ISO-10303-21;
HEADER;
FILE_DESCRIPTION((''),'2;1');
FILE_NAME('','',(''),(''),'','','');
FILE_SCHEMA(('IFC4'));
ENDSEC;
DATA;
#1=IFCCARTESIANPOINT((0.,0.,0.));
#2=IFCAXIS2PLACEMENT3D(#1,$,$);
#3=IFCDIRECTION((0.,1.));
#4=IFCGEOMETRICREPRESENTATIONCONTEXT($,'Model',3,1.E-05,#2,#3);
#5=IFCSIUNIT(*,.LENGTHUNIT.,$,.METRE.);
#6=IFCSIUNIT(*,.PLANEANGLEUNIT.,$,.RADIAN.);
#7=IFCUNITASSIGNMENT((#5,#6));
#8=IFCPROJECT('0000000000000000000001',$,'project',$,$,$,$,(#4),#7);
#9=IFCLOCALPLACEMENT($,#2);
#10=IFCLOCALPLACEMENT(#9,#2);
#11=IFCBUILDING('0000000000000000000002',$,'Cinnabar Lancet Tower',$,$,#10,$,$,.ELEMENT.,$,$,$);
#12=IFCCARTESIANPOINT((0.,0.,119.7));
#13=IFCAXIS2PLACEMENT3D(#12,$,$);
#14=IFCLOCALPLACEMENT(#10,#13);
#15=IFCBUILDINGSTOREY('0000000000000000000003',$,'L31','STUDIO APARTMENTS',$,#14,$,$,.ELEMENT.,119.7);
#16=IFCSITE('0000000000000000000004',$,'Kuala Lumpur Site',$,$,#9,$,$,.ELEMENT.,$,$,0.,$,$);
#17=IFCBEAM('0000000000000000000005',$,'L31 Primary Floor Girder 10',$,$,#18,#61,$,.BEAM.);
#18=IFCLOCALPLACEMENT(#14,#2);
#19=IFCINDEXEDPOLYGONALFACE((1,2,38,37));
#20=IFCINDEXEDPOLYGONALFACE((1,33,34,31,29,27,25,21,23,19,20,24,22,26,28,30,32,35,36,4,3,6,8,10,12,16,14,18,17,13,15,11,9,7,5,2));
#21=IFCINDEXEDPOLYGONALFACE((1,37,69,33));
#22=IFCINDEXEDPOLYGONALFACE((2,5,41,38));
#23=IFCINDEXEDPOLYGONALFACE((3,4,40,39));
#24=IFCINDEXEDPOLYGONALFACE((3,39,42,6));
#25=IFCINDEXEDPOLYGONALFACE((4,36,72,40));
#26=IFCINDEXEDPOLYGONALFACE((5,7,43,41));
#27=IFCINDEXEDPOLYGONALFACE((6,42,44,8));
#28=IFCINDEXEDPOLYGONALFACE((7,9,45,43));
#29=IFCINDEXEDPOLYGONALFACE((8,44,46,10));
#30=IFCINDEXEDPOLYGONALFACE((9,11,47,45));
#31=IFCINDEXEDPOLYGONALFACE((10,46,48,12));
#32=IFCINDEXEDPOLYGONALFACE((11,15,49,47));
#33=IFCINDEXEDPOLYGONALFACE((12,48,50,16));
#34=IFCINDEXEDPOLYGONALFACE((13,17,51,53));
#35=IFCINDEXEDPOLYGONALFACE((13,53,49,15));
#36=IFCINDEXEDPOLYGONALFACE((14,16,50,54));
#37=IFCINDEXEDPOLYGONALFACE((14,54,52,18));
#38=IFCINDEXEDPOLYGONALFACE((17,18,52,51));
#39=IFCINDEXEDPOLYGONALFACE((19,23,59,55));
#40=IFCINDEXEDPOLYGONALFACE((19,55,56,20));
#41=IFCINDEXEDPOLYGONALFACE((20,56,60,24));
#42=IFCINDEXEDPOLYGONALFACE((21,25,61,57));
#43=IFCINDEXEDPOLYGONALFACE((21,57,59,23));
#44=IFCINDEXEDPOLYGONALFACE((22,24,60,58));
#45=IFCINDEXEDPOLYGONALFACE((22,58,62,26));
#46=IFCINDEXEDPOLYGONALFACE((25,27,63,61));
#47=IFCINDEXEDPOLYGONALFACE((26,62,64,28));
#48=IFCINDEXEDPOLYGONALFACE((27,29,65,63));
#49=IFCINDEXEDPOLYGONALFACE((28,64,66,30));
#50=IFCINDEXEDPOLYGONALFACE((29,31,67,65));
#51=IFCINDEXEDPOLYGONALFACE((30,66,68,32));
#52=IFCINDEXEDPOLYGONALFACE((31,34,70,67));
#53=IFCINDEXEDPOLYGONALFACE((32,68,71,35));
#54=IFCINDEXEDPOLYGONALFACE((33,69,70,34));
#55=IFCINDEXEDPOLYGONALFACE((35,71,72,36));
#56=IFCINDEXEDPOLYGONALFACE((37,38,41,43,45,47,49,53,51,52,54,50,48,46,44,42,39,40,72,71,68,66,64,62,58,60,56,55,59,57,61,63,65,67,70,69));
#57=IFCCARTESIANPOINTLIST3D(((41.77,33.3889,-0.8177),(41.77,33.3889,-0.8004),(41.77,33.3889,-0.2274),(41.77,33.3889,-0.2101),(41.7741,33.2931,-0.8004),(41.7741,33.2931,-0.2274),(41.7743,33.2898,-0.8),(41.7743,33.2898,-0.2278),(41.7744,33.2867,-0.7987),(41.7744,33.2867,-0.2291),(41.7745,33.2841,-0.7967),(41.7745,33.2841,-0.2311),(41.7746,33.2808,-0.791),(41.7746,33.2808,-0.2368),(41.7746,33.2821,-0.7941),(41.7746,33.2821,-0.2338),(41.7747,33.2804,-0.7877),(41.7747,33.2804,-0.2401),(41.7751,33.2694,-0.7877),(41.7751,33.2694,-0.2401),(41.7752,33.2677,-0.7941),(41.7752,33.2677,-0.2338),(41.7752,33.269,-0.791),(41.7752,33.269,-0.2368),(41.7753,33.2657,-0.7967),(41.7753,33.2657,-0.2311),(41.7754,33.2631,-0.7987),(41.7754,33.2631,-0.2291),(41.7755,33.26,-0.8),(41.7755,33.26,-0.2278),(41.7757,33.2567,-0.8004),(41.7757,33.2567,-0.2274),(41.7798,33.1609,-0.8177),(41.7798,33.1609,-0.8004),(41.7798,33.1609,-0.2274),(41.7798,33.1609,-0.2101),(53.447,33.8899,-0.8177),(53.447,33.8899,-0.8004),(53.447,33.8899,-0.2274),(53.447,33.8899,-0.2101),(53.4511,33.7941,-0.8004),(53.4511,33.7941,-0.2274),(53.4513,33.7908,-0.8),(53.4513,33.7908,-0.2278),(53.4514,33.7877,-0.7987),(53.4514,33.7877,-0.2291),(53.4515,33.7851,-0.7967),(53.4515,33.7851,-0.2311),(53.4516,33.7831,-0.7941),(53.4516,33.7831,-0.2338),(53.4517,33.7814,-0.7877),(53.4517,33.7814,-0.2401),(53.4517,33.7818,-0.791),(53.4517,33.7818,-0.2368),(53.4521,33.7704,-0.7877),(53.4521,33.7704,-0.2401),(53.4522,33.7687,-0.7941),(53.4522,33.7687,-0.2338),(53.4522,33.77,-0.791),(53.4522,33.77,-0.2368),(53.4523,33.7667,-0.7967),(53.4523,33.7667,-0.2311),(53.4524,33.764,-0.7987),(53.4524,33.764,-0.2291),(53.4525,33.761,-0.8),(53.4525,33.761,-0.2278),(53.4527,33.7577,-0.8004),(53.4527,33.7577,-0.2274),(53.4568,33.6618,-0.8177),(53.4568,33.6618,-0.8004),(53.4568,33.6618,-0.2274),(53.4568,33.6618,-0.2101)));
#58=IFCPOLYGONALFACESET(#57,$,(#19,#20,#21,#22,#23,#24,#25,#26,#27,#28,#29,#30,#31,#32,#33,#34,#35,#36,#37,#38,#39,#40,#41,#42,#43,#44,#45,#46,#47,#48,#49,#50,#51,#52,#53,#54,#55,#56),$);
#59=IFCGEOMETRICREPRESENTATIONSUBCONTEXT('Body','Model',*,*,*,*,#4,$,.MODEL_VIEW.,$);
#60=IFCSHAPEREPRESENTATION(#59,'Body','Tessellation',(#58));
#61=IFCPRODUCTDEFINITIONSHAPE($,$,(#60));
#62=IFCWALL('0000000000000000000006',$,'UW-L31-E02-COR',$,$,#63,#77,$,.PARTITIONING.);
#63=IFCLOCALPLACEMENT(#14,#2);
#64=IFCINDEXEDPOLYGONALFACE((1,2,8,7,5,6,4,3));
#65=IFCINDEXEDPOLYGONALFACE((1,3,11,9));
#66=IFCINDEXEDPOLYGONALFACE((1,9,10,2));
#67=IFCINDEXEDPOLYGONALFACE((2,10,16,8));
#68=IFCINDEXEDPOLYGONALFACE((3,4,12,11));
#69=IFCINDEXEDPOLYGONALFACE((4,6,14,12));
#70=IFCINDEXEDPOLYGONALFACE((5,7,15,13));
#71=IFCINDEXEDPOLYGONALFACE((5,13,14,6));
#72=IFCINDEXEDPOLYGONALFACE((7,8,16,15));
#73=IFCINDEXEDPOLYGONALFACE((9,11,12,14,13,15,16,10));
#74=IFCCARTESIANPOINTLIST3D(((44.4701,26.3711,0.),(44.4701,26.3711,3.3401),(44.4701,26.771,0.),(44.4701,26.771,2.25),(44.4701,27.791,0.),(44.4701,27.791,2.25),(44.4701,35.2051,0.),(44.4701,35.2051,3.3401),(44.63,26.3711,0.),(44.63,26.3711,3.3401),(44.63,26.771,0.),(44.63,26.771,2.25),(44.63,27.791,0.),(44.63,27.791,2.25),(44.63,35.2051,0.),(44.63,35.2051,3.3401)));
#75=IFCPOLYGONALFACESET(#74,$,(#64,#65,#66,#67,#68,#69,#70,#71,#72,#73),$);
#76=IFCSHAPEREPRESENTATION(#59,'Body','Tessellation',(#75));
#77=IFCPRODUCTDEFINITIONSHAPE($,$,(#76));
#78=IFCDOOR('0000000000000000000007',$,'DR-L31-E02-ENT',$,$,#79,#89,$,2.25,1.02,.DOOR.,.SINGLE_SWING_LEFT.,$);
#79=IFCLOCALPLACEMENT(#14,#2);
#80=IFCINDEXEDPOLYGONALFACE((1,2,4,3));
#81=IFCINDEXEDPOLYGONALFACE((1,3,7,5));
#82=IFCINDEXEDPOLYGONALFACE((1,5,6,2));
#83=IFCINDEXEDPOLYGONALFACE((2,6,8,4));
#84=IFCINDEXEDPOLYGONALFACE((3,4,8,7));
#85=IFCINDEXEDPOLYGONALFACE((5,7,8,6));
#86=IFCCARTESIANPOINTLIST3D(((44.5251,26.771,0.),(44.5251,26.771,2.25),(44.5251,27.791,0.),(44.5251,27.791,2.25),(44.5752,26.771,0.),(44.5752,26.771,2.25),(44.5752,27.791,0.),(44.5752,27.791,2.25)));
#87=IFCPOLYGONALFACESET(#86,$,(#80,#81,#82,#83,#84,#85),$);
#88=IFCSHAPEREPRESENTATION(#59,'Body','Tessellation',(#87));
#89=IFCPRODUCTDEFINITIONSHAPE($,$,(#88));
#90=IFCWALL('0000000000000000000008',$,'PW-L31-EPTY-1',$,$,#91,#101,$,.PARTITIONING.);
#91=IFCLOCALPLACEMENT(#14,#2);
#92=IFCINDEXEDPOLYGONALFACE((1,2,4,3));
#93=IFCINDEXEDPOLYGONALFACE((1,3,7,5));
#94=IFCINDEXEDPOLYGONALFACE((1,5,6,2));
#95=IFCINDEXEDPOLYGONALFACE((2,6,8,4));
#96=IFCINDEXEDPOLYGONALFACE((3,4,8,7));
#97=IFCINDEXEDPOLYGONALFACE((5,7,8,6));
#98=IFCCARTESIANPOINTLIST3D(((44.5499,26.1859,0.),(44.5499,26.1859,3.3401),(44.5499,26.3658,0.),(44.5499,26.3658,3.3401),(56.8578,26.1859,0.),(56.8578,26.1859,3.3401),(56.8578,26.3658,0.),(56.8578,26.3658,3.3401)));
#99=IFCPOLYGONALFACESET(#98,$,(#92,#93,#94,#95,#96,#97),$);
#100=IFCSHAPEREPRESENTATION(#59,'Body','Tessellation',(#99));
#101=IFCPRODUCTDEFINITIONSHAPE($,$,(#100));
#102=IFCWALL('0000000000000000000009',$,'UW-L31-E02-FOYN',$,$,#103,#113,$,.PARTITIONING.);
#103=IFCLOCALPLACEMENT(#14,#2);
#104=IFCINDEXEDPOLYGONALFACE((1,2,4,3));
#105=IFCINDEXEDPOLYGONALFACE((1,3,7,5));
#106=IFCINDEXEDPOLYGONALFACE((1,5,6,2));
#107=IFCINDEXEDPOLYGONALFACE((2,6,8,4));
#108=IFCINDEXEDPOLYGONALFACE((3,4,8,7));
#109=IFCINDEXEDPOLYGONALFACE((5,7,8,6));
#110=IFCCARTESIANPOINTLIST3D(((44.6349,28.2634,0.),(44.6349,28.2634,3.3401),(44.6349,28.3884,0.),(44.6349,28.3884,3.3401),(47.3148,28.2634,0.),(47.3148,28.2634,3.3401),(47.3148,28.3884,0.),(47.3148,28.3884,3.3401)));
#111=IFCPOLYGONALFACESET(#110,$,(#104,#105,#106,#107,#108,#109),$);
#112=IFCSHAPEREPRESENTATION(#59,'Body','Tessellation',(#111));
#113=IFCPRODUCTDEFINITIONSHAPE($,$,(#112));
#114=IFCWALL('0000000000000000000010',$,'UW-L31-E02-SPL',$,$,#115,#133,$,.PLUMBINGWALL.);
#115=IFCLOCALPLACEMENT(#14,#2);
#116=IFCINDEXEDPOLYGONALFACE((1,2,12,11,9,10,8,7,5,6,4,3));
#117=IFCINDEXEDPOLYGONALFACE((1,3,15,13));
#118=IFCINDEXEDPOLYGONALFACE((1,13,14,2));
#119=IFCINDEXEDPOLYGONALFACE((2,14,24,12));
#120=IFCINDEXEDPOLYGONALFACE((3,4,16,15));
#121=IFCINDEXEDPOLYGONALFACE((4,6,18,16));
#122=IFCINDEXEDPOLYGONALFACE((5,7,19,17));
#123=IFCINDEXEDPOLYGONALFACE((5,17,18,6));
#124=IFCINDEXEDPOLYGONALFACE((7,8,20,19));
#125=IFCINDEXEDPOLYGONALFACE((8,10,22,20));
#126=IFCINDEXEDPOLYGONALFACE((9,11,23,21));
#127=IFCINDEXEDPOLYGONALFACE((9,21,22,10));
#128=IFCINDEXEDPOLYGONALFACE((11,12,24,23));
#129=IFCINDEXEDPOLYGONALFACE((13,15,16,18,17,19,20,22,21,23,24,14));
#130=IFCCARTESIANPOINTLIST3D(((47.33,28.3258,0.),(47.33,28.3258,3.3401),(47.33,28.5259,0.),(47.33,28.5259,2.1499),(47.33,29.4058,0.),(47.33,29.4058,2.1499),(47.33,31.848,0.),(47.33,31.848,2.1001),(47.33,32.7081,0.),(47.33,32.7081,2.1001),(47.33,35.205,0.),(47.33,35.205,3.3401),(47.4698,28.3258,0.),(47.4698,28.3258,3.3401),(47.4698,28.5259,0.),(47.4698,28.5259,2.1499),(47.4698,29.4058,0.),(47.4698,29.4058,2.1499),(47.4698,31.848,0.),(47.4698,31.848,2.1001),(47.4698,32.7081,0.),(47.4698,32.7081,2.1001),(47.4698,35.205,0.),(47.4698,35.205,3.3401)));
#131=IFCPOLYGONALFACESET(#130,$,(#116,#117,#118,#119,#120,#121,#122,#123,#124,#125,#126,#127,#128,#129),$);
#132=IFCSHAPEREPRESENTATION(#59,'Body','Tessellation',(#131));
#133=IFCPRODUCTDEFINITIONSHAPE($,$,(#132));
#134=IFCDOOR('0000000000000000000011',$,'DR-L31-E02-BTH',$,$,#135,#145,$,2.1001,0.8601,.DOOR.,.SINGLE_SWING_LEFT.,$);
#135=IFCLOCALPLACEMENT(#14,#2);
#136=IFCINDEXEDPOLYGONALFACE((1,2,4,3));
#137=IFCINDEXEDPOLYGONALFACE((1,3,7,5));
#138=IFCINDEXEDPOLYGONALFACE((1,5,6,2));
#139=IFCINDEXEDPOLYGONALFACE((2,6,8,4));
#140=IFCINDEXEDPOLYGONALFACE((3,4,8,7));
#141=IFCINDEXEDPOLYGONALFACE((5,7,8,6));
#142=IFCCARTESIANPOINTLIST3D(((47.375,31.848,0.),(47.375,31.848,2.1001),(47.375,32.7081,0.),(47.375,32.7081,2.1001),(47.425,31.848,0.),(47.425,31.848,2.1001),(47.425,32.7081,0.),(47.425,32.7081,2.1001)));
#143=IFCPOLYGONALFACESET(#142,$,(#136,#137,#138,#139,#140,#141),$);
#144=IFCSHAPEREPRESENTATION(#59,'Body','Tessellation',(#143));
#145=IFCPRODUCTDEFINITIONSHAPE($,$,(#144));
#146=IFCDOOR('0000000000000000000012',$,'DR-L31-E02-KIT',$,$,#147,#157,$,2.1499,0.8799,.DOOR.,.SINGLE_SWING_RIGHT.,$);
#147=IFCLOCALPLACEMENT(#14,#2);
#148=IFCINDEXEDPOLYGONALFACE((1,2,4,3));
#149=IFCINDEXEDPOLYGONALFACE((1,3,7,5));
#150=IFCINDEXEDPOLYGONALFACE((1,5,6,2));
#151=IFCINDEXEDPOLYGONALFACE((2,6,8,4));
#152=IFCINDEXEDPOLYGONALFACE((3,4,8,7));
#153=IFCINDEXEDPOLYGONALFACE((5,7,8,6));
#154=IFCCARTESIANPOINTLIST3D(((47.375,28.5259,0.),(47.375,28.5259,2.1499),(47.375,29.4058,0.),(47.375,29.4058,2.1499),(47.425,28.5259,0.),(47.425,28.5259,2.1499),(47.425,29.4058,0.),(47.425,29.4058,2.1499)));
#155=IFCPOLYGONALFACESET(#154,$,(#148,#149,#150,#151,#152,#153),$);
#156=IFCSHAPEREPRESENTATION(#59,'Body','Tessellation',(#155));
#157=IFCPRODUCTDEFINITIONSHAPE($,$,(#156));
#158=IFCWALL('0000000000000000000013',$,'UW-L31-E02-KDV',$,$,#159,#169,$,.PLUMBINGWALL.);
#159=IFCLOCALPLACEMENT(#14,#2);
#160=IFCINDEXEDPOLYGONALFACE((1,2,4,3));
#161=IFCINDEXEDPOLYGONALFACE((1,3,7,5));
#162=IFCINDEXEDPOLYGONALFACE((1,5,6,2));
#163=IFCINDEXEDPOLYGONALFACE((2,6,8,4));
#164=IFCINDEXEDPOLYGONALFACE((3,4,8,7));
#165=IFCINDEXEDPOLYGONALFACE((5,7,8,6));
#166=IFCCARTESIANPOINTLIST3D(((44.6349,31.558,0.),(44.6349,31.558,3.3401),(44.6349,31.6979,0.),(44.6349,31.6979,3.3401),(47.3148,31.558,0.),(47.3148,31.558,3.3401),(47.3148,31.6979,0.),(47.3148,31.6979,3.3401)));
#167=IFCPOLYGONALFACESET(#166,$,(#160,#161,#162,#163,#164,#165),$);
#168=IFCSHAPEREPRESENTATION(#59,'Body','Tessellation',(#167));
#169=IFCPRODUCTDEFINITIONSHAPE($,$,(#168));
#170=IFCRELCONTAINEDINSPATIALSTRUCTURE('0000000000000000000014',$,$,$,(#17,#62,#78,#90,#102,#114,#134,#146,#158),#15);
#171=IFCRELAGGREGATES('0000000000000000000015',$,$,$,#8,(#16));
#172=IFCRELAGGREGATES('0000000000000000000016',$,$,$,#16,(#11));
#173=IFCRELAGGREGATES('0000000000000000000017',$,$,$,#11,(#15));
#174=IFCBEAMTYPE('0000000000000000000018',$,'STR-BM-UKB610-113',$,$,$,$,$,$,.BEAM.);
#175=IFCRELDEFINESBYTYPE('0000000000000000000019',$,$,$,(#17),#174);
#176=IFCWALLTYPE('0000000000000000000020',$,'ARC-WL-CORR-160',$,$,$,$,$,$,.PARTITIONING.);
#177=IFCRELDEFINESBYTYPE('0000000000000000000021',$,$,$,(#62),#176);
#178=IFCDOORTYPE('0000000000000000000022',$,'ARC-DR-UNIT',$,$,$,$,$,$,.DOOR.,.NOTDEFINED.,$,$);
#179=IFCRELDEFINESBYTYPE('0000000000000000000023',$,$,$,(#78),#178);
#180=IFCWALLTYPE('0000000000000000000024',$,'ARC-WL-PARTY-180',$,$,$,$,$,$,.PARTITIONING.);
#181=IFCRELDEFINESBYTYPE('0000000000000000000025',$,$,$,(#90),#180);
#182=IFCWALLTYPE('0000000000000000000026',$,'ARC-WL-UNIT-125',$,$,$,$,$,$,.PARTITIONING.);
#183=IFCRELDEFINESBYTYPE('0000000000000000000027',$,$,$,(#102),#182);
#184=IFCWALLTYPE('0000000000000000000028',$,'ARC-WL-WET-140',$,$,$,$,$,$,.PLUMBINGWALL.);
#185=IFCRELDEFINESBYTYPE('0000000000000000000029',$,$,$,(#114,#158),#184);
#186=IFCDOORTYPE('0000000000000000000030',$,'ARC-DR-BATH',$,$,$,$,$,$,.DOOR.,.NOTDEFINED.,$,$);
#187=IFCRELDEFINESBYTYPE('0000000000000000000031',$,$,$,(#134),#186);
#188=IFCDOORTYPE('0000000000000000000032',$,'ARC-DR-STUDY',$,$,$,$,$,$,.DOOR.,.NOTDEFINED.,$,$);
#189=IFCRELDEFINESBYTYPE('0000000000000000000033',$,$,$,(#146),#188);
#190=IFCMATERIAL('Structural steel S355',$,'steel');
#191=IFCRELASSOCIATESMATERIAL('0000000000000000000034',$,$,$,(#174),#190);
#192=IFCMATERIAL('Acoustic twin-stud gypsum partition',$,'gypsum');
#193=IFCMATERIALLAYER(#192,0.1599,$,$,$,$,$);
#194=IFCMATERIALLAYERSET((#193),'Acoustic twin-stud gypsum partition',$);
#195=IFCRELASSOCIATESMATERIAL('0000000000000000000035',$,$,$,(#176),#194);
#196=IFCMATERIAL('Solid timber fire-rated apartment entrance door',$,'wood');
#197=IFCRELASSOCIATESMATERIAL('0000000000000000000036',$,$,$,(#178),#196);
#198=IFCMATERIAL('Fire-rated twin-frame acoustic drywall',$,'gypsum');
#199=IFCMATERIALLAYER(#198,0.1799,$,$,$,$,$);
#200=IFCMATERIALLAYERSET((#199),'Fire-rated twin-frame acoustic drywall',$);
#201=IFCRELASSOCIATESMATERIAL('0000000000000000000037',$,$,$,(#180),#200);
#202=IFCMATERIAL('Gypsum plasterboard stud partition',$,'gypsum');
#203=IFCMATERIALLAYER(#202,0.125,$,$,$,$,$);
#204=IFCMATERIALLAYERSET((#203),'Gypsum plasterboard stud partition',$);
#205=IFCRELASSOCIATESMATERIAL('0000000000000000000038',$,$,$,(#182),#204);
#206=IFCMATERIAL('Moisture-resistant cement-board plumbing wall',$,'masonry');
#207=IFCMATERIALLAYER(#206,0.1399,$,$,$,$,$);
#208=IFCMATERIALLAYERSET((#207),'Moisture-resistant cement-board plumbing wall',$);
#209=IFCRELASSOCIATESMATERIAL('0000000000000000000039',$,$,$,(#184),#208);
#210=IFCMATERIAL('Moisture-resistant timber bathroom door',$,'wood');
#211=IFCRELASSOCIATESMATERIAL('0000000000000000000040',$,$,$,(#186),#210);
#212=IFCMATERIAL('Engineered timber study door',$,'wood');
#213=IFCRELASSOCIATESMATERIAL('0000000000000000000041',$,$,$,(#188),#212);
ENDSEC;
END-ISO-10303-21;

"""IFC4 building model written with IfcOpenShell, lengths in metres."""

from ifc_helpers import new_model, si_unit, direction, frame, frame_2d, origin, origin_2d, place, context, subcontext, project, spatial, rectangle, i_section, extrude, material, layer, layer_set, material_profile, profile_set, type_object, element, fill, save


model = new_model("IFC4")

# Units and contexts
model_context = context("Model", 3, precision=1e-05, world=origin(), true_north=direction((0.0, 1.0)))
body_context = subcontext(model_context, "Body", "Model", "MODEL_VIEW")
ifc_project = project(units=[si_unit("LENGTHUNIT", "METRE"), si_unit("PLANEANGLEUNIT", "RADIAN")], contexts=[model_context])

# Site, building, storey
site_placement = place(None, origin())
site = spatial("IfcSite", under=ifc_project, at=site_placement, Name="Kuala Lumpur Site", CompositionType="ELEMENT", RefElevation=0.0)
building_placement = place(site_placement, origin())
building = spatial("IfcBuilding", under=site, at=building_placement, Name="Cinnabar Lancet Tower", CompositionType="ELEMENT")
storey_placement = place(building_placement, frame((0.0, 0.0, 119.7)))
storey = spatial("IfcBuildingStorey", under=building, at=storey_placement, Name="L31", Description="STUDIO APARTMENTS", CompositionType="ELEMENT", Elevation=119.7)

# Beam
ifc_material_1 = material(Name="Structural steel S355", Category="steel")
ifc_material_profile_1 = material_profile(ifc_material_1, i_section(OverallWidth=0.2283, OverallDepth=0.6077, WebThickness=0.011, FlangeThickness=0.0173, FilletRadius=0.0127, at=origin_2d()), Name="UKB 610x229x113")
ifc_profile_set_1 = profile_set([ifc_material_profile_1], Name="Structural steel S355")
beam_type_1 = type_object("IfcBeamType", Name="STR-BM-UKB610-113", PredefinedType="BEAM", material=ifc_profile_set_1)
beam_1_placement = place(storey_placement, frame((53.4519, 33.7759, -0.5139), z_axis=(-0.999081, -0.042863, 0.0), x_axis=(0.042863, -0.999081, 0.0)))
element("IfcBeam", 1, at=beam_1_placement, inside=storey, type_object=beam_type_1, Name="L31 Primary Floor Girder 10", PredefinedType="BEAM", context=body_context, shape_type="SweptSolid", body=[
    extrude(i_section(OverallWidth=0.2283, OverallDepth=0.6077, WebThickness=0.011, FlangeThickness=0.0173, FilletRadius=0.0127, at=origin_2d()), origin(), (0.0, 0.0, 1.0), 11.6877),
])

# Wall, opening, door
ifc_material_2 = material(Name="Acoustic twin-stud gypsum partition", Category="gypsum")
ifc_layer_1 = layer(ifc_material_2, 0.1599)
ifc_layer_set_1 = layer_set([ifc_layer_1], Name="Acoustic twin-stud gypsum partition")
wall_type_1 = type_object("IfcWallType", Name="ARC-WL-CORR-160", PredefinedType="PARTITIONING", material=ifc_layer_set_1)
wall_1_placement = place(storey_placement, frame((44.55, 26.3711, 0.0), z_axis=(0.0, 0.0, 1.0), x_axis=(0.0, 1.0, 0.0)))
wall_1 = element("IfcWall", 2, at=wall_1_placement, inside=storey, type_object=wall_type_1, Name="UW-L31-E02-COR", PredefinedType="PARTITIONING", context=body_context, shape_type="SweptSolid", body=[
    extrude(rectangle(XDim=8.834, YDim=0.1599, at=frame_2d((4.417, 0.0))), origin(), (0.0, 0.0, 1.0), 3.3401),
])
opening_1_placement = place(wall_1_placement, frame((0.3999, 0.0, 0.0)))
opening_1 = element("IfcOpeningElement", 3, at=opening_1_placement, cuts=wall_1, PredefinedType="OPENING", context=body_context, shape_type="SweptSolid", body=[
    extrude(rectangle(XDim=1.02, YDim=2.25, at=frame_2d((0.51, 1.125))), frame((0.0, 0.0898, 0.0), z_axis=(0.0, -1.0, 0.0), x_axis=(1.0, 0.0, 0.0)), (0.0, 0.0, 1.0), 0.1799),
])
ifc_material_3 = material(Name="Solid timber fire-rated apartment entrance door", Category="wood")
door_type_1 = type_object("IfcDoorType", Name="ARC-DR-UNIT", OperationType="NOTDEFINED", PredefinedType="DOOR", material=ifc_material_3)
door_1_placement = place(opening_1_placement, origin())
door_1 = element("IfcDoor", 4, at=door_1_placement, inside=storey, type_object=door_type_1, Name="DR-L31-E02-ENT", OperationType="SINGLE_SWING_LEFT", OverallHeight=2.25, OverallWidth=1.02, PredefinedType="DOOR", context=body_context, shape_type="SweptSolid", body=[
    extrude(rectangle(XDim=1.02, YDim=2.25, at=frame_2d((0.51, 1.125))), frame((0.0, 0.0249, 0.0), z_axis=(0.0, -1.0, 0.0), x_axis=(1.0, 0.0, 0.0)), (0.0, 0.0, 1.0), 0.05),
])
fill(opening_1, door_1)

# Walls
ifc_material_4 = material(Name="Fire-rated twin-frame acoustic drywall", Category="gypsum")
ifc_layer_2 = layer(ifc_material_4, 0.1799)
ifc_layer_set_2 = layer_set([ifc_layer_2], Name="Fire-rated twin-frame acoustic drywall")
wall_type_2 = type_object("IfcWallType", Name="ARC-WL-PARTY-180", PredefinedType="PARTITIONING", material=ifc_layer_set_2)
wall_2_placement = place(storey_placement, frame((44.55, 26.2759, 0.0), z_axis=(0.0, 0.0, 1.0), x_axis=(1.0, 0.0, 0.0)))
element("IfcWall", 5, at=wall_2_placement, inside=storey, type_object=wall_type_2, Name="PW-L31-EPTY-1", PredefinedType="PARTITIONING", context=body_context, shape_type="SweptSolid", body=[
    extrude(rectangle(XDim=12.3079, YDim=0.1799, at=frame_2d((6.1538, 0.0))), origin(), (0.0, 0.0, 1.0), 3.3401),
])
ifc_material_5 = material(Name="Gypsum plasterboard stud partition", Category="gypsum")
ifc_layer_3 = layer(ifc_material_5, 0.125)
ifc_layer_set_3 = layer_set([ifc_layer_3], Name="Gypsum plasterboard stud partition")
wall_type_3 = type_object("IfcWallType", Name="ARC-WL-UNIT-125", PredefinedType="PARTITIONING", material=ifc_layer_set_3)
wall_3_placement = place(storey_placement, frame((44.635, 28.3259, 0.0), z_axis=(0.0, 0.0, 1.0), x_axis=(1.0, 0.0, 0.0)))
element("IfcWall", 6, at=wall_3_placement, inside=storey, type_object=wall_type_3, Name="UW-L31-E02-FOYN", PredefinedType="PARTITIONING", context=body_context, shape_type="SweptSolid", body=[
    extrude(rectangle(XDim=2.6799, YDim=0.125, at=frame_2d((1.3398, 0.0))), origin(), (0.0, 0.0, 1.0), 3.3401),
])

# Wall, openings, doors
ifc_material_6 = material(Name="Moisture-resistant cement-board plumbing wall", Category="masonry")
ifc_layer_4 = layer(ifc_material_6, 0.1399)
ifc_layer_set_4 = layer_set([ifc_layer_4], Name="Moisture-resistant cement-board plumbing wall")
wall_type_4 = type_object("IfcWallType", Name="ARC-WL-WET-140", PredefinedType="PLUMBINGWALL", material=ifc_layer_set_4)
wall_4_placement = place(storey_placement, frame((47.3999, 28.3259, 0.0), z_axis=(0.0, 0.0, 1.0), x_axis=(0.0, 1.0, 0.0)))
wall_4 = element("IfcWall", 7, at=wall_4_placement, inside=storey, type_object=wall_type_4, Name="UW-L31-E02-SPL", PredefinedType="PLUMBINGWALL", context=body_context, shape_type="SweptSolid", body=[
    extrude(rectangle(XDim=6.8792, YDim=0.1399, at=frame_2d((3.4395, 0.0))), origin(), (0.0, 0.0, 1.0), 3.3401),
])
opening_2_placement = place(wall_4_placement, frame((3.522, 0.0, 0.0)))
opening_2 = element("IfcOpeningElement", 8, at=opening_2_placement, cuts=wall_4, PredefinedType="OPENING", context=body_context, shape_type="SweptSolid", body=[
    extrude(rectangle(XDim=0.8601, YDim=2.1001, at=frame_2d((0.4302, 1.05))), frame((0.0, 0.0798, 0.0), z_axis=(0.0, -1.0, 0.0), x_axis=(1.0, 0.0, 0.0)), (0.0, 0.0, 1.0), 0.1599),
])
opening_3_placement = place(wall_4_placement, frame((0.2, 0.0, 0.0)))
opening_3 = element("IfcOpeningElement", 9, at=opening_3_placement, cuts=wall_4, PredefinedType="OPENING", context=body_context, shape_type="SweptSolid", body=[
    extrude(rectangle(XDim=0.8799, YDim=2.1499, at=frame_2d((0.4399, 1.075))), frame((0.0, 0.0798, 0.0), z_axis=(0.0, -1.0, 0.0), x_axis=(1.0, 0.0, 0.0)), (0.0, 0.0, 1.0), 0.1599),
])
ifc_material_7 = material(Name="Moisture-resistant timber bathroom door", Category="wood")
door_type_2 = type_object("IfcDoorType", Name="ARC-DR-BATH", OperationType="NOTDEFINED", PredefinedType="DOOR", material=ifc_material_7)
door_2_placement = place(opening_2_placement, origin())
door_2 = element("IfcDoor", 10, at=door_2_placement, inside=storey, type_object=door_type_2, Name="DR-L31-E02-BTH", OperationType="SINGLE_SWING_LEFT", OverallHeight=2.1001, OverallWidth=0.8601, PredefinedType="DOOR", context=body_context, shape_type="SweptSolid", body=[
    extrude(rectangle(XDim=0.8601, YDim=2.1001, at=frame_2d((0.4302, 1.05))), frame((0.0, 0.0249, 0.0), z_axis=(0.0, -1.0, 0.0), x_axis=(1.0, 0.0, 0.0)), (0.0, 0.0, 1.0), 0.05),
])
fill(opening_2, door_2)
ifc_material_8 = material(Name="Engineered timber study door", Category="wood")
door_type_3 = type_object("IfcDoorType", Name="ARC-DR-STUDY", OperationType="NOTDEFINED", PredefinedType="DOOR", material=ifc_material_8)
door_3_placement = place(opening_3_placement, origin())
door_3 = element("IfcDoor", 11, at=door_3_placement, inside=storey, type_object=door_type_3, Name="DR-L31-E02-KIT", OperationType="SINGLE_SWING_RIGHT", OverallHeight=2.1499, OverallWidth=0.8799, PredefinedType="DOOR", context=body_context, shape_type="SweptSolid", body=[
    extrude(rectangle(XDim=0.8799, YDim=2.1499, at=frame_2d((0.4399, 1.075))), frame((0.0, 0.0249, 0.0), z_axis=(0.0, -1.0, 0.0), x_axis=(1.0, 0.0, 0.0)), (0.0, 0.0, 1.0), 0.05),
])
fill(opening_3, door_3)

# Wall
wall_5_placement = place(storey_placement, frame((44.635, 31.6279, 0.0), z_axis=(0.0, 0.0, 1.0), x_axis=(1.0, 0.0, 0.0)))
element("IfcWall", 12, at=wall_5_placement, inside=storey, type_object=wall_type_4, Name="UW-L31-E02-KDV", PredefinedType="PLUMBINGWALL", context=body_context, shape_type="SweptSolid", body=[
    extrude(rectangle(XDim=2.6799, YDim=0.1399, at=frame_2d((1.3398, 0.0))), origin(), (0.0, 0.0, 1.0), 3.3401),
])

save(model, "model.ifc")
